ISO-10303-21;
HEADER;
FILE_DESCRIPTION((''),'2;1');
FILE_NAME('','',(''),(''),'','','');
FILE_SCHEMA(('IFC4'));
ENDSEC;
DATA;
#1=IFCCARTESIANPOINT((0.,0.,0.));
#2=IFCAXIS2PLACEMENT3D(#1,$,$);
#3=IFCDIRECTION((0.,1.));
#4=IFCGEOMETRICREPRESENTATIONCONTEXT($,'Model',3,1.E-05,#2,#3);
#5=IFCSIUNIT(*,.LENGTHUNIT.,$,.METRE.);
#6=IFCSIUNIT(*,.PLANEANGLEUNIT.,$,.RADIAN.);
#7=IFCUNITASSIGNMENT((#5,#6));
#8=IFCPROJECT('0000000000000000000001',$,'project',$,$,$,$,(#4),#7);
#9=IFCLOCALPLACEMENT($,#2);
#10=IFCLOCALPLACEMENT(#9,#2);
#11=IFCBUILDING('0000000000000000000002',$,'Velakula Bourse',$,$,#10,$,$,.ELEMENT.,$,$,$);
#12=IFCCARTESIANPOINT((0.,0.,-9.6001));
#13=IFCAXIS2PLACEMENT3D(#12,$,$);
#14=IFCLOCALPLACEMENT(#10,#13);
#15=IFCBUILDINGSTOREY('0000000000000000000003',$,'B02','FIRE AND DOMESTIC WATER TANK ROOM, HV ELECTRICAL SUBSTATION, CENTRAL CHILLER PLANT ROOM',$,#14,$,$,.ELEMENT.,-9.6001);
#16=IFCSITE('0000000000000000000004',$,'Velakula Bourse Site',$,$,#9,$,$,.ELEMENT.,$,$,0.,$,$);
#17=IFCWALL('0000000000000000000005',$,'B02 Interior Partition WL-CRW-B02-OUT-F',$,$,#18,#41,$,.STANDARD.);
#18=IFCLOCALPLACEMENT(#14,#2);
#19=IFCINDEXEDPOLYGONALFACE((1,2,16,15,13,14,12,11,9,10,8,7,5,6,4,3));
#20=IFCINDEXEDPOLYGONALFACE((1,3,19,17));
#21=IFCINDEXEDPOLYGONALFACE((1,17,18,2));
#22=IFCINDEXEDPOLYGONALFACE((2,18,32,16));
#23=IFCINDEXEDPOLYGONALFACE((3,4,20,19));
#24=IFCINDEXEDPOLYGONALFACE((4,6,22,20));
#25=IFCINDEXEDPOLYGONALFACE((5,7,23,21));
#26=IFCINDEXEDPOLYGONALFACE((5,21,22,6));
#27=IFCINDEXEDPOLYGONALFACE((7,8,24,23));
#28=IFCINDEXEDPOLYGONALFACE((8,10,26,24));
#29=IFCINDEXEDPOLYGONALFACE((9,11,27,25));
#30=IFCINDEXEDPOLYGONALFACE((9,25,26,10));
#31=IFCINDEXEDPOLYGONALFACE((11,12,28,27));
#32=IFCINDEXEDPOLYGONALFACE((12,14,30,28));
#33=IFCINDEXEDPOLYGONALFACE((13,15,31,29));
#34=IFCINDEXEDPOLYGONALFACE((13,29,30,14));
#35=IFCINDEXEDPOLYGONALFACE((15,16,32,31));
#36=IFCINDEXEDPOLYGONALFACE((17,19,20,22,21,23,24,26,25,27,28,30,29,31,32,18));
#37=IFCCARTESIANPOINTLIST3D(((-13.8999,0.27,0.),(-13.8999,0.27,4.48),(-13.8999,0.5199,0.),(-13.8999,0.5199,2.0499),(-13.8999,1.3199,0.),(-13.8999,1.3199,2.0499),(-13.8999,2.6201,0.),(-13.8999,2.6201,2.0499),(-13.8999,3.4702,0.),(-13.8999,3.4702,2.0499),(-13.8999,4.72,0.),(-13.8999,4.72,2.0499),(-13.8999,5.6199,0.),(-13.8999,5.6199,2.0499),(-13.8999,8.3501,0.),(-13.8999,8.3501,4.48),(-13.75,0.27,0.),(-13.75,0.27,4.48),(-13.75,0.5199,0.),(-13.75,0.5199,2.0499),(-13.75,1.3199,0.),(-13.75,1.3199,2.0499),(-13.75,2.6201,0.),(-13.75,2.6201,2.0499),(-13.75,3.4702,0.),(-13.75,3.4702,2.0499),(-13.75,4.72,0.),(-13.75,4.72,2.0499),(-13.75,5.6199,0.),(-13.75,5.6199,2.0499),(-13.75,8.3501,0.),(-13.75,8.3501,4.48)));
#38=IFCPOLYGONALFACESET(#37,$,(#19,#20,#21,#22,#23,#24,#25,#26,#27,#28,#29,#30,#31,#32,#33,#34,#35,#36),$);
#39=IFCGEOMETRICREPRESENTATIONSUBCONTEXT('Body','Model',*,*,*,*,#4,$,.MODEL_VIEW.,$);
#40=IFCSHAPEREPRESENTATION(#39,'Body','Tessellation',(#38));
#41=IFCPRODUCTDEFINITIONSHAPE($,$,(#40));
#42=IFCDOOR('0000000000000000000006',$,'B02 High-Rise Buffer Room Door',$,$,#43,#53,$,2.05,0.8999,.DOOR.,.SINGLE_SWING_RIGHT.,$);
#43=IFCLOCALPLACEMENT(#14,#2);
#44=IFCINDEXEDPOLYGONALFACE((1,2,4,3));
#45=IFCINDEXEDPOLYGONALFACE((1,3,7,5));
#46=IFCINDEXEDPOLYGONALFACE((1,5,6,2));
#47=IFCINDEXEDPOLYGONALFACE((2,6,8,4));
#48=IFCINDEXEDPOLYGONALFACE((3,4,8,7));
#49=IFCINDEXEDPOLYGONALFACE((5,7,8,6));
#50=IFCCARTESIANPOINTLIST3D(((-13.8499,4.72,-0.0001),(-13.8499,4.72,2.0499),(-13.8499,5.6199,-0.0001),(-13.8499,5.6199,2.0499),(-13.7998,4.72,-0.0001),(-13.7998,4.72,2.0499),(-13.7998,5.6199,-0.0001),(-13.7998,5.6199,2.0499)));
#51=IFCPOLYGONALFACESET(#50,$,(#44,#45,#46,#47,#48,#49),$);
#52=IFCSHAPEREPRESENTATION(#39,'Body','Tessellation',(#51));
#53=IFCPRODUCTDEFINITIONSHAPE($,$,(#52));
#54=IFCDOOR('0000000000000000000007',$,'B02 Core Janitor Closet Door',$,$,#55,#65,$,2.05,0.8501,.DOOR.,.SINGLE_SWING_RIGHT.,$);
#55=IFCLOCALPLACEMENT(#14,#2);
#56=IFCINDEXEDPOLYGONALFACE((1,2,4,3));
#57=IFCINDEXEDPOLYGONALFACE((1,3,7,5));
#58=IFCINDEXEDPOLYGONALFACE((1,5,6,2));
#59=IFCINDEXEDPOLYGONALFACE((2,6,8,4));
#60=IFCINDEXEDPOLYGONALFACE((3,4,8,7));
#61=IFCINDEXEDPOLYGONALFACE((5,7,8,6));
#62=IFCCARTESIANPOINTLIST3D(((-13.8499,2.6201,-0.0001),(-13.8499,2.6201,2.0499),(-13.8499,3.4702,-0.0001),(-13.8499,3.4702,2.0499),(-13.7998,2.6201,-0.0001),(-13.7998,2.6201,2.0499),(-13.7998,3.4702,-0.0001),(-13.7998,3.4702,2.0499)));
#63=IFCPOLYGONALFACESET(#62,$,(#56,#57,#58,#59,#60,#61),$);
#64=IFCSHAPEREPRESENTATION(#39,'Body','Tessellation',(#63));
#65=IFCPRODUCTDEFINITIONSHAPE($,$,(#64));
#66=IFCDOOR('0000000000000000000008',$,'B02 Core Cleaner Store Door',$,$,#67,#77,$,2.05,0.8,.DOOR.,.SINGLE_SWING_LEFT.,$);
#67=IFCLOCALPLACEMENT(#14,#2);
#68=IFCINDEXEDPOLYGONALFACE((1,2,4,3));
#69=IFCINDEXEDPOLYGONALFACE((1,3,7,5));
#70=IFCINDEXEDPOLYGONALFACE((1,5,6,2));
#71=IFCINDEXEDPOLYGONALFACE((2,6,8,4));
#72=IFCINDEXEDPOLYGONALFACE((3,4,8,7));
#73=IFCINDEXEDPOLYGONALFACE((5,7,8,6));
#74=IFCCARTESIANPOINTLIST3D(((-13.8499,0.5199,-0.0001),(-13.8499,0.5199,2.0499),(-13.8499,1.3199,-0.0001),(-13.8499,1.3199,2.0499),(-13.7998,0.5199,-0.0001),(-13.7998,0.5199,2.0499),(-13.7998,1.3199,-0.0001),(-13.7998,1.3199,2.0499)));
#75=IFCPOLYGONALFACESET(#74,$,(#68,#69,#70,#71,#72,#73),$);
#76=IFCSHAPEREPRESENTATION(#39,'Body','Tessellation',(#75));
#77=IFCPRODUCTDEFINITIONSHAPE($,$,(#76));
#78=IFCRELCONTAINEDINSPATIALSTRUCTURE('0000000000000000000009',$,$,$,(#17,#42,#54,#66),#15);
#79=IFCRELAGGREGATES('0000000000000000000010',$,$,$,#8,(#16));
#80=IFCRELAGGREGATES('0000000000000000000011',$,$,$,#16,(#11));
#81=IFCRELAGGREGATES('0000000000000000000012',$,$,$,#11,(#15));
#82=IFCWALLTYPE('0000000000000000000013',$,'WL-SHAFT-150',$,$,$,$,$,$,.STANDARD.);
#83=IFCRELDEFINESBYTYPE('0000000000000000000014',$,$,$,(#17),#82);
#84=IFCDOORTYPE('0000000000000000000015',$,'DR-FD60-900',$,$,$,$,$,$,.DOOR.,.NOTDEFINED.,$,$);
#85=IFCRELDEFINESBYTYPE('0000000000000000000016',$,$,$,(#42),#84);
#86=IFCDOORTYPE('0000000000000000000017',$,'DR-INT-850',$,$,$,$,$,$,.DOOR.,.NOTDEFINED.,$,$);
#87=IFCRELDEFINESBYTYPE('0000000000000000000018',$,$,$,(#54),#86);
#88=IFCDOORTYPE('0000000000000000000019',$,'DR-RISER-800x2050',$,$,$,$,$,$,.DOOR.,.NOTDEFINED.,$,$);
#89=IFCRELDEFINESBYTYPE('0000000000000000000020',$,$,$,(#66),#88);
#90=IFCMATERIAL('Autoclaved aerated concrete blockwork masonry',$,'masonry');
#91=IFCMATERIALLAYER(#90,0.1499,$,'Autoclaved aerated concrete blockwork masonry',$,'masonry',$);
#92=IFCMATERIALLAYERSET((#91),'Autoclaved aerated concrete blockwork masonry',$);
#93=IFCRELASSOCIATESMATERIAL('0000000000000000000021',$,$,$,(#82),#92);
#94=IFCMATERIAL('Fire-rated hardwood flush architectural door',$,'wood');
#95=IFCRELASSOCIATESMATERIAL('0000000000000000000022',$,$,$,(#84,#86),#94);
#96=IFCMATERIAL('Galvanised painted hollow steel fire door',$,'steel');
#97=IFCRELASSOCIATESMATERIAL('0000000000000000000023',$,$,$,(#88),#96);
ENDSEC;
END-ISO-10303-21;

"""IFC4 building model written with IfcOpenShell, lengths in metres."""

from ifc_helpers import new_model, si_unit, direction, frame, frame_2d, origin, place, context, subcontext, project, spatial, rectangle, extrude, material, layer, layer_set, type_object, element, fill, save


model = new_model("IFC4")

# Units and contexts
model_context = context("Model", 3, precision=1e-05, world=origin(), true_north=direction((0.0, 1.0)))
body_context = subcontext(model_context, "Body", "Model", "MODEL_VIEW")
ifc_project = project(units=[si_unit("LENGTHUNIT", "METRE"), si_unit("PLANEANGLEUNIT", "RADIAN")], contexts=[model_context])

# Site, building, storey
site_placement = place(None, origin())
site = spatial("IfcSite", under=ifc_project, at=site_placement, Name="Velakula Bourse Site", CompositionType="ELEMENT", RefElevation=0.0)
building_placement = place(site_placement, origin())
building = spatial("IfcBuilding", under=site, at=building_placement, Name="Velakula Bourse", CompositionType="ELEMENT")
storey_placement = place(building_placement, frame((0.0, 0.0, -9.6001)))
storey = spatial("IfcBuildingStorey", under=building, at=storey_placement, Name="B02", Description="FIRE AND DOMESTIC WATER TANK ROOM, HV ELECTRICAL SUBSTATION, CENTRAL CHILLER PLANT ROOM", CompositionType="ELEMENT", Elevation=-9.6001)

# Shared definitions
ifc_material_1 = material(Name="Autoclaved aerated concrete blockwork masonry", Category="masonry")
ifc_layer_1 = layer(ifc_material_1, 0.1499, Name="Autoclaved aerated concrete blockwork masonry", Category="masonry")
ifc_layer_set_1 = layer_set([ifc_layer_1], Name="Autoclaved aerated concrete blockwork masonry")
wall_type_1 = type_object("IfcWallType", Name="WL-SHAFT-150", PredefinedType="STANDARD", material=ifc_layer_set_1)
ifc_material_2 = material(Name="Galvanised painted hollow steel fire door", Category="steel")
ifc_material_3 = material(Name="Fire-rated hardwood flush architectural door", Category="wood")
door_type_1 = type_object("IfcDoorType", Name="DR-FD60-900", OperationType="NOTDEFINED", PredefinedType="DOOR", material=ifc_material_3)

# Wall, openings, doors
wall_1_placement = place(storey_placement, frame((-13.825, 0.27, 0.0), z_axis=(0.0, 0.0, 1.0), x_axis=(0.0, 1.0, 0.0)))
wall_1 = element("IfcWall", 1, at=wall_1_placement, inside=storey, type_object=wall_type_1, Name="B02 Interior Partition WL-CRW-B02-OUT-F", PredefinedType="STANDARD", context=body_context, shape_type="SweptSolid", body=[
    extrude(rectangle(XDim=8.0801, YDim=0.1499, at=frame_2d((4.04, 0.0))), origin(), (0.0, 0.0, 1.0), 4.48),
])
opening_1_placement = place(wall_1_placement, frame((4.45, 0.0, 0.0)))
opening_1 = element("IfcOpeningElement", 2, at=opening_1_placement, cuts=wall_1, PredefinedType="OPENING", context=body_context, shape_type="SweptSolid", body=[
    extrude(rectangle(XDim=0.8999, YDim=2.05, at=frame_2d((0.45, 1.0249))), frame((0.0, 0.085, 0.0), z_axis=(0.0, -1.0, 0.0), x_axis=(1.0, 0.0, 0.0)), (0.0, 0.0, 1.0), 0.1699),
])
opening_2_placement = place(wall_1_placement, frame((0.25, 0.0, 0.0)))
opening_2 = element("IfcOpeningElement", 3, at=opening_2_placement, cuts=wall_1, PredefinedType="OPENING", context=body_context, shape_type="SweptSolid", body=[
    extrude(rectangle(XDim=0.8, YDim=2.05, at=frame_2d((0.3999, 1.0249))), frame((0.0, 0.085, 0.0), z_axis=(0.0, -1.0, 0.0), x_axis=(1.0, 0.0, 0.0)), (0.0, 0.0, 1.0), 0.1699),
])
opening_3_placement = place(wall_1_placement, frame((2.3501, 0.0, 0.0)))
opening_3 = element("IfcOpeningElement", 4, at=opening_3_placement, cuts=wall_1, PredefinedType="OPENING", context=body_context, shape_type="SweptSolid", body=[
    extrude(rectangle(XDim=0.8501, YDim=2.05, at=frame_2d((0.425, 1.0249))), frame((0.0, 0.085, 0.0), z_axis=(0.0, -1.0, 0.0), x_axis=(1.0, 0.0, 0.0)), (0.0, 0.0, 1.0), 0.1699),
])
door_1_placement = place(opening_1_placement, origin())
door_1 = element("IfcDoor", 5, at=door_1_placement, inside=storey, type_object=door_type_1, Name="B02 High-Rise Buffer Room Door", OperationType="SINGLE_SWING_RIGHT", OverallHeight=2.05, OverallWidth=0.8999, PredefinedType="DOOR", context=body_context, shape_type="SweptSolid", body=[
    extrude(rectangle(XDim=0.8999, YDim=2.05, at=frame_2d((0.45, 1.0249))), frame((0.0, 0.0249, 0.0), z_axis=(0.0, -1.0, 0.0), x_axis=(1.0, 0.0, 0.0)), (0.0, 0.0, 1.0), 0.05),
])
fill(opening_1, door_1)
door_type_2 = type_object("IfcDoorType", Name="DR-INT-850", OperationType="NOTDEFINED", PredefinedType="DOOR", material=ifc_material_3)
door_2_placement = place(opening_3_placement, origin())
door_2 = element("IfcDoor", 6, at=door_2_placement, inside=storey, type_object=door_type_2, Name="B02 Core Janitor Closet Door", OperationType="SINGLE_SWING_RIGHT", OverallHeight=2.05, OverallWidth=0.8501, PredefinedType="DOOR", context=body_context, shape_type="SweptSolid", body=[
    extrude(rectangle(XDim=0.8501, YDim=2.05, at=frame_2d((0.425, 1.0249))), frame((0.0, 0.0249, 0.0), z_axis=(0.0, -1.0, 0.0), x_axis=(1.0, 0.0, 0.0)), (0.0, 0.0, 1.0), 0.05),
])
fill(opening_3, door_2)
door_type_3 = type_object("IfcDoorType", Name="DR-RISER-800x2050", OperationType="NOTDEFINED", PredefinedType="DOOR", material=ifc_material_2)
door_3_placement = place(opening_2_placement, origin())
door_3 = element("IfcDoor", 7, at=door_3_placement, inside=storey, type_object=door_type_3, Name="B02 Core Cleaner Store Door", OperationType="SINGLE_SWING_LEFT", OverallHeight=2.05, OverallWidth=0.8, PredefinedType="DOOR", context=body_context, shape_type="SweptSolid", body=[
    extrude(rectangle(XDim=0.8, YDim=2.05, at=frame_2d((0.3999, 1.0249))), frame((0.0, 0.0249, 0.0), z_axis=(0.0, -1.0, 0.0), x_axis=(1.0, 0.0, 0.0)), (0.0, 0.0, 1.0), 0.05),
])
fill(opening_2, door_3)

save(model, "model.ifc")
